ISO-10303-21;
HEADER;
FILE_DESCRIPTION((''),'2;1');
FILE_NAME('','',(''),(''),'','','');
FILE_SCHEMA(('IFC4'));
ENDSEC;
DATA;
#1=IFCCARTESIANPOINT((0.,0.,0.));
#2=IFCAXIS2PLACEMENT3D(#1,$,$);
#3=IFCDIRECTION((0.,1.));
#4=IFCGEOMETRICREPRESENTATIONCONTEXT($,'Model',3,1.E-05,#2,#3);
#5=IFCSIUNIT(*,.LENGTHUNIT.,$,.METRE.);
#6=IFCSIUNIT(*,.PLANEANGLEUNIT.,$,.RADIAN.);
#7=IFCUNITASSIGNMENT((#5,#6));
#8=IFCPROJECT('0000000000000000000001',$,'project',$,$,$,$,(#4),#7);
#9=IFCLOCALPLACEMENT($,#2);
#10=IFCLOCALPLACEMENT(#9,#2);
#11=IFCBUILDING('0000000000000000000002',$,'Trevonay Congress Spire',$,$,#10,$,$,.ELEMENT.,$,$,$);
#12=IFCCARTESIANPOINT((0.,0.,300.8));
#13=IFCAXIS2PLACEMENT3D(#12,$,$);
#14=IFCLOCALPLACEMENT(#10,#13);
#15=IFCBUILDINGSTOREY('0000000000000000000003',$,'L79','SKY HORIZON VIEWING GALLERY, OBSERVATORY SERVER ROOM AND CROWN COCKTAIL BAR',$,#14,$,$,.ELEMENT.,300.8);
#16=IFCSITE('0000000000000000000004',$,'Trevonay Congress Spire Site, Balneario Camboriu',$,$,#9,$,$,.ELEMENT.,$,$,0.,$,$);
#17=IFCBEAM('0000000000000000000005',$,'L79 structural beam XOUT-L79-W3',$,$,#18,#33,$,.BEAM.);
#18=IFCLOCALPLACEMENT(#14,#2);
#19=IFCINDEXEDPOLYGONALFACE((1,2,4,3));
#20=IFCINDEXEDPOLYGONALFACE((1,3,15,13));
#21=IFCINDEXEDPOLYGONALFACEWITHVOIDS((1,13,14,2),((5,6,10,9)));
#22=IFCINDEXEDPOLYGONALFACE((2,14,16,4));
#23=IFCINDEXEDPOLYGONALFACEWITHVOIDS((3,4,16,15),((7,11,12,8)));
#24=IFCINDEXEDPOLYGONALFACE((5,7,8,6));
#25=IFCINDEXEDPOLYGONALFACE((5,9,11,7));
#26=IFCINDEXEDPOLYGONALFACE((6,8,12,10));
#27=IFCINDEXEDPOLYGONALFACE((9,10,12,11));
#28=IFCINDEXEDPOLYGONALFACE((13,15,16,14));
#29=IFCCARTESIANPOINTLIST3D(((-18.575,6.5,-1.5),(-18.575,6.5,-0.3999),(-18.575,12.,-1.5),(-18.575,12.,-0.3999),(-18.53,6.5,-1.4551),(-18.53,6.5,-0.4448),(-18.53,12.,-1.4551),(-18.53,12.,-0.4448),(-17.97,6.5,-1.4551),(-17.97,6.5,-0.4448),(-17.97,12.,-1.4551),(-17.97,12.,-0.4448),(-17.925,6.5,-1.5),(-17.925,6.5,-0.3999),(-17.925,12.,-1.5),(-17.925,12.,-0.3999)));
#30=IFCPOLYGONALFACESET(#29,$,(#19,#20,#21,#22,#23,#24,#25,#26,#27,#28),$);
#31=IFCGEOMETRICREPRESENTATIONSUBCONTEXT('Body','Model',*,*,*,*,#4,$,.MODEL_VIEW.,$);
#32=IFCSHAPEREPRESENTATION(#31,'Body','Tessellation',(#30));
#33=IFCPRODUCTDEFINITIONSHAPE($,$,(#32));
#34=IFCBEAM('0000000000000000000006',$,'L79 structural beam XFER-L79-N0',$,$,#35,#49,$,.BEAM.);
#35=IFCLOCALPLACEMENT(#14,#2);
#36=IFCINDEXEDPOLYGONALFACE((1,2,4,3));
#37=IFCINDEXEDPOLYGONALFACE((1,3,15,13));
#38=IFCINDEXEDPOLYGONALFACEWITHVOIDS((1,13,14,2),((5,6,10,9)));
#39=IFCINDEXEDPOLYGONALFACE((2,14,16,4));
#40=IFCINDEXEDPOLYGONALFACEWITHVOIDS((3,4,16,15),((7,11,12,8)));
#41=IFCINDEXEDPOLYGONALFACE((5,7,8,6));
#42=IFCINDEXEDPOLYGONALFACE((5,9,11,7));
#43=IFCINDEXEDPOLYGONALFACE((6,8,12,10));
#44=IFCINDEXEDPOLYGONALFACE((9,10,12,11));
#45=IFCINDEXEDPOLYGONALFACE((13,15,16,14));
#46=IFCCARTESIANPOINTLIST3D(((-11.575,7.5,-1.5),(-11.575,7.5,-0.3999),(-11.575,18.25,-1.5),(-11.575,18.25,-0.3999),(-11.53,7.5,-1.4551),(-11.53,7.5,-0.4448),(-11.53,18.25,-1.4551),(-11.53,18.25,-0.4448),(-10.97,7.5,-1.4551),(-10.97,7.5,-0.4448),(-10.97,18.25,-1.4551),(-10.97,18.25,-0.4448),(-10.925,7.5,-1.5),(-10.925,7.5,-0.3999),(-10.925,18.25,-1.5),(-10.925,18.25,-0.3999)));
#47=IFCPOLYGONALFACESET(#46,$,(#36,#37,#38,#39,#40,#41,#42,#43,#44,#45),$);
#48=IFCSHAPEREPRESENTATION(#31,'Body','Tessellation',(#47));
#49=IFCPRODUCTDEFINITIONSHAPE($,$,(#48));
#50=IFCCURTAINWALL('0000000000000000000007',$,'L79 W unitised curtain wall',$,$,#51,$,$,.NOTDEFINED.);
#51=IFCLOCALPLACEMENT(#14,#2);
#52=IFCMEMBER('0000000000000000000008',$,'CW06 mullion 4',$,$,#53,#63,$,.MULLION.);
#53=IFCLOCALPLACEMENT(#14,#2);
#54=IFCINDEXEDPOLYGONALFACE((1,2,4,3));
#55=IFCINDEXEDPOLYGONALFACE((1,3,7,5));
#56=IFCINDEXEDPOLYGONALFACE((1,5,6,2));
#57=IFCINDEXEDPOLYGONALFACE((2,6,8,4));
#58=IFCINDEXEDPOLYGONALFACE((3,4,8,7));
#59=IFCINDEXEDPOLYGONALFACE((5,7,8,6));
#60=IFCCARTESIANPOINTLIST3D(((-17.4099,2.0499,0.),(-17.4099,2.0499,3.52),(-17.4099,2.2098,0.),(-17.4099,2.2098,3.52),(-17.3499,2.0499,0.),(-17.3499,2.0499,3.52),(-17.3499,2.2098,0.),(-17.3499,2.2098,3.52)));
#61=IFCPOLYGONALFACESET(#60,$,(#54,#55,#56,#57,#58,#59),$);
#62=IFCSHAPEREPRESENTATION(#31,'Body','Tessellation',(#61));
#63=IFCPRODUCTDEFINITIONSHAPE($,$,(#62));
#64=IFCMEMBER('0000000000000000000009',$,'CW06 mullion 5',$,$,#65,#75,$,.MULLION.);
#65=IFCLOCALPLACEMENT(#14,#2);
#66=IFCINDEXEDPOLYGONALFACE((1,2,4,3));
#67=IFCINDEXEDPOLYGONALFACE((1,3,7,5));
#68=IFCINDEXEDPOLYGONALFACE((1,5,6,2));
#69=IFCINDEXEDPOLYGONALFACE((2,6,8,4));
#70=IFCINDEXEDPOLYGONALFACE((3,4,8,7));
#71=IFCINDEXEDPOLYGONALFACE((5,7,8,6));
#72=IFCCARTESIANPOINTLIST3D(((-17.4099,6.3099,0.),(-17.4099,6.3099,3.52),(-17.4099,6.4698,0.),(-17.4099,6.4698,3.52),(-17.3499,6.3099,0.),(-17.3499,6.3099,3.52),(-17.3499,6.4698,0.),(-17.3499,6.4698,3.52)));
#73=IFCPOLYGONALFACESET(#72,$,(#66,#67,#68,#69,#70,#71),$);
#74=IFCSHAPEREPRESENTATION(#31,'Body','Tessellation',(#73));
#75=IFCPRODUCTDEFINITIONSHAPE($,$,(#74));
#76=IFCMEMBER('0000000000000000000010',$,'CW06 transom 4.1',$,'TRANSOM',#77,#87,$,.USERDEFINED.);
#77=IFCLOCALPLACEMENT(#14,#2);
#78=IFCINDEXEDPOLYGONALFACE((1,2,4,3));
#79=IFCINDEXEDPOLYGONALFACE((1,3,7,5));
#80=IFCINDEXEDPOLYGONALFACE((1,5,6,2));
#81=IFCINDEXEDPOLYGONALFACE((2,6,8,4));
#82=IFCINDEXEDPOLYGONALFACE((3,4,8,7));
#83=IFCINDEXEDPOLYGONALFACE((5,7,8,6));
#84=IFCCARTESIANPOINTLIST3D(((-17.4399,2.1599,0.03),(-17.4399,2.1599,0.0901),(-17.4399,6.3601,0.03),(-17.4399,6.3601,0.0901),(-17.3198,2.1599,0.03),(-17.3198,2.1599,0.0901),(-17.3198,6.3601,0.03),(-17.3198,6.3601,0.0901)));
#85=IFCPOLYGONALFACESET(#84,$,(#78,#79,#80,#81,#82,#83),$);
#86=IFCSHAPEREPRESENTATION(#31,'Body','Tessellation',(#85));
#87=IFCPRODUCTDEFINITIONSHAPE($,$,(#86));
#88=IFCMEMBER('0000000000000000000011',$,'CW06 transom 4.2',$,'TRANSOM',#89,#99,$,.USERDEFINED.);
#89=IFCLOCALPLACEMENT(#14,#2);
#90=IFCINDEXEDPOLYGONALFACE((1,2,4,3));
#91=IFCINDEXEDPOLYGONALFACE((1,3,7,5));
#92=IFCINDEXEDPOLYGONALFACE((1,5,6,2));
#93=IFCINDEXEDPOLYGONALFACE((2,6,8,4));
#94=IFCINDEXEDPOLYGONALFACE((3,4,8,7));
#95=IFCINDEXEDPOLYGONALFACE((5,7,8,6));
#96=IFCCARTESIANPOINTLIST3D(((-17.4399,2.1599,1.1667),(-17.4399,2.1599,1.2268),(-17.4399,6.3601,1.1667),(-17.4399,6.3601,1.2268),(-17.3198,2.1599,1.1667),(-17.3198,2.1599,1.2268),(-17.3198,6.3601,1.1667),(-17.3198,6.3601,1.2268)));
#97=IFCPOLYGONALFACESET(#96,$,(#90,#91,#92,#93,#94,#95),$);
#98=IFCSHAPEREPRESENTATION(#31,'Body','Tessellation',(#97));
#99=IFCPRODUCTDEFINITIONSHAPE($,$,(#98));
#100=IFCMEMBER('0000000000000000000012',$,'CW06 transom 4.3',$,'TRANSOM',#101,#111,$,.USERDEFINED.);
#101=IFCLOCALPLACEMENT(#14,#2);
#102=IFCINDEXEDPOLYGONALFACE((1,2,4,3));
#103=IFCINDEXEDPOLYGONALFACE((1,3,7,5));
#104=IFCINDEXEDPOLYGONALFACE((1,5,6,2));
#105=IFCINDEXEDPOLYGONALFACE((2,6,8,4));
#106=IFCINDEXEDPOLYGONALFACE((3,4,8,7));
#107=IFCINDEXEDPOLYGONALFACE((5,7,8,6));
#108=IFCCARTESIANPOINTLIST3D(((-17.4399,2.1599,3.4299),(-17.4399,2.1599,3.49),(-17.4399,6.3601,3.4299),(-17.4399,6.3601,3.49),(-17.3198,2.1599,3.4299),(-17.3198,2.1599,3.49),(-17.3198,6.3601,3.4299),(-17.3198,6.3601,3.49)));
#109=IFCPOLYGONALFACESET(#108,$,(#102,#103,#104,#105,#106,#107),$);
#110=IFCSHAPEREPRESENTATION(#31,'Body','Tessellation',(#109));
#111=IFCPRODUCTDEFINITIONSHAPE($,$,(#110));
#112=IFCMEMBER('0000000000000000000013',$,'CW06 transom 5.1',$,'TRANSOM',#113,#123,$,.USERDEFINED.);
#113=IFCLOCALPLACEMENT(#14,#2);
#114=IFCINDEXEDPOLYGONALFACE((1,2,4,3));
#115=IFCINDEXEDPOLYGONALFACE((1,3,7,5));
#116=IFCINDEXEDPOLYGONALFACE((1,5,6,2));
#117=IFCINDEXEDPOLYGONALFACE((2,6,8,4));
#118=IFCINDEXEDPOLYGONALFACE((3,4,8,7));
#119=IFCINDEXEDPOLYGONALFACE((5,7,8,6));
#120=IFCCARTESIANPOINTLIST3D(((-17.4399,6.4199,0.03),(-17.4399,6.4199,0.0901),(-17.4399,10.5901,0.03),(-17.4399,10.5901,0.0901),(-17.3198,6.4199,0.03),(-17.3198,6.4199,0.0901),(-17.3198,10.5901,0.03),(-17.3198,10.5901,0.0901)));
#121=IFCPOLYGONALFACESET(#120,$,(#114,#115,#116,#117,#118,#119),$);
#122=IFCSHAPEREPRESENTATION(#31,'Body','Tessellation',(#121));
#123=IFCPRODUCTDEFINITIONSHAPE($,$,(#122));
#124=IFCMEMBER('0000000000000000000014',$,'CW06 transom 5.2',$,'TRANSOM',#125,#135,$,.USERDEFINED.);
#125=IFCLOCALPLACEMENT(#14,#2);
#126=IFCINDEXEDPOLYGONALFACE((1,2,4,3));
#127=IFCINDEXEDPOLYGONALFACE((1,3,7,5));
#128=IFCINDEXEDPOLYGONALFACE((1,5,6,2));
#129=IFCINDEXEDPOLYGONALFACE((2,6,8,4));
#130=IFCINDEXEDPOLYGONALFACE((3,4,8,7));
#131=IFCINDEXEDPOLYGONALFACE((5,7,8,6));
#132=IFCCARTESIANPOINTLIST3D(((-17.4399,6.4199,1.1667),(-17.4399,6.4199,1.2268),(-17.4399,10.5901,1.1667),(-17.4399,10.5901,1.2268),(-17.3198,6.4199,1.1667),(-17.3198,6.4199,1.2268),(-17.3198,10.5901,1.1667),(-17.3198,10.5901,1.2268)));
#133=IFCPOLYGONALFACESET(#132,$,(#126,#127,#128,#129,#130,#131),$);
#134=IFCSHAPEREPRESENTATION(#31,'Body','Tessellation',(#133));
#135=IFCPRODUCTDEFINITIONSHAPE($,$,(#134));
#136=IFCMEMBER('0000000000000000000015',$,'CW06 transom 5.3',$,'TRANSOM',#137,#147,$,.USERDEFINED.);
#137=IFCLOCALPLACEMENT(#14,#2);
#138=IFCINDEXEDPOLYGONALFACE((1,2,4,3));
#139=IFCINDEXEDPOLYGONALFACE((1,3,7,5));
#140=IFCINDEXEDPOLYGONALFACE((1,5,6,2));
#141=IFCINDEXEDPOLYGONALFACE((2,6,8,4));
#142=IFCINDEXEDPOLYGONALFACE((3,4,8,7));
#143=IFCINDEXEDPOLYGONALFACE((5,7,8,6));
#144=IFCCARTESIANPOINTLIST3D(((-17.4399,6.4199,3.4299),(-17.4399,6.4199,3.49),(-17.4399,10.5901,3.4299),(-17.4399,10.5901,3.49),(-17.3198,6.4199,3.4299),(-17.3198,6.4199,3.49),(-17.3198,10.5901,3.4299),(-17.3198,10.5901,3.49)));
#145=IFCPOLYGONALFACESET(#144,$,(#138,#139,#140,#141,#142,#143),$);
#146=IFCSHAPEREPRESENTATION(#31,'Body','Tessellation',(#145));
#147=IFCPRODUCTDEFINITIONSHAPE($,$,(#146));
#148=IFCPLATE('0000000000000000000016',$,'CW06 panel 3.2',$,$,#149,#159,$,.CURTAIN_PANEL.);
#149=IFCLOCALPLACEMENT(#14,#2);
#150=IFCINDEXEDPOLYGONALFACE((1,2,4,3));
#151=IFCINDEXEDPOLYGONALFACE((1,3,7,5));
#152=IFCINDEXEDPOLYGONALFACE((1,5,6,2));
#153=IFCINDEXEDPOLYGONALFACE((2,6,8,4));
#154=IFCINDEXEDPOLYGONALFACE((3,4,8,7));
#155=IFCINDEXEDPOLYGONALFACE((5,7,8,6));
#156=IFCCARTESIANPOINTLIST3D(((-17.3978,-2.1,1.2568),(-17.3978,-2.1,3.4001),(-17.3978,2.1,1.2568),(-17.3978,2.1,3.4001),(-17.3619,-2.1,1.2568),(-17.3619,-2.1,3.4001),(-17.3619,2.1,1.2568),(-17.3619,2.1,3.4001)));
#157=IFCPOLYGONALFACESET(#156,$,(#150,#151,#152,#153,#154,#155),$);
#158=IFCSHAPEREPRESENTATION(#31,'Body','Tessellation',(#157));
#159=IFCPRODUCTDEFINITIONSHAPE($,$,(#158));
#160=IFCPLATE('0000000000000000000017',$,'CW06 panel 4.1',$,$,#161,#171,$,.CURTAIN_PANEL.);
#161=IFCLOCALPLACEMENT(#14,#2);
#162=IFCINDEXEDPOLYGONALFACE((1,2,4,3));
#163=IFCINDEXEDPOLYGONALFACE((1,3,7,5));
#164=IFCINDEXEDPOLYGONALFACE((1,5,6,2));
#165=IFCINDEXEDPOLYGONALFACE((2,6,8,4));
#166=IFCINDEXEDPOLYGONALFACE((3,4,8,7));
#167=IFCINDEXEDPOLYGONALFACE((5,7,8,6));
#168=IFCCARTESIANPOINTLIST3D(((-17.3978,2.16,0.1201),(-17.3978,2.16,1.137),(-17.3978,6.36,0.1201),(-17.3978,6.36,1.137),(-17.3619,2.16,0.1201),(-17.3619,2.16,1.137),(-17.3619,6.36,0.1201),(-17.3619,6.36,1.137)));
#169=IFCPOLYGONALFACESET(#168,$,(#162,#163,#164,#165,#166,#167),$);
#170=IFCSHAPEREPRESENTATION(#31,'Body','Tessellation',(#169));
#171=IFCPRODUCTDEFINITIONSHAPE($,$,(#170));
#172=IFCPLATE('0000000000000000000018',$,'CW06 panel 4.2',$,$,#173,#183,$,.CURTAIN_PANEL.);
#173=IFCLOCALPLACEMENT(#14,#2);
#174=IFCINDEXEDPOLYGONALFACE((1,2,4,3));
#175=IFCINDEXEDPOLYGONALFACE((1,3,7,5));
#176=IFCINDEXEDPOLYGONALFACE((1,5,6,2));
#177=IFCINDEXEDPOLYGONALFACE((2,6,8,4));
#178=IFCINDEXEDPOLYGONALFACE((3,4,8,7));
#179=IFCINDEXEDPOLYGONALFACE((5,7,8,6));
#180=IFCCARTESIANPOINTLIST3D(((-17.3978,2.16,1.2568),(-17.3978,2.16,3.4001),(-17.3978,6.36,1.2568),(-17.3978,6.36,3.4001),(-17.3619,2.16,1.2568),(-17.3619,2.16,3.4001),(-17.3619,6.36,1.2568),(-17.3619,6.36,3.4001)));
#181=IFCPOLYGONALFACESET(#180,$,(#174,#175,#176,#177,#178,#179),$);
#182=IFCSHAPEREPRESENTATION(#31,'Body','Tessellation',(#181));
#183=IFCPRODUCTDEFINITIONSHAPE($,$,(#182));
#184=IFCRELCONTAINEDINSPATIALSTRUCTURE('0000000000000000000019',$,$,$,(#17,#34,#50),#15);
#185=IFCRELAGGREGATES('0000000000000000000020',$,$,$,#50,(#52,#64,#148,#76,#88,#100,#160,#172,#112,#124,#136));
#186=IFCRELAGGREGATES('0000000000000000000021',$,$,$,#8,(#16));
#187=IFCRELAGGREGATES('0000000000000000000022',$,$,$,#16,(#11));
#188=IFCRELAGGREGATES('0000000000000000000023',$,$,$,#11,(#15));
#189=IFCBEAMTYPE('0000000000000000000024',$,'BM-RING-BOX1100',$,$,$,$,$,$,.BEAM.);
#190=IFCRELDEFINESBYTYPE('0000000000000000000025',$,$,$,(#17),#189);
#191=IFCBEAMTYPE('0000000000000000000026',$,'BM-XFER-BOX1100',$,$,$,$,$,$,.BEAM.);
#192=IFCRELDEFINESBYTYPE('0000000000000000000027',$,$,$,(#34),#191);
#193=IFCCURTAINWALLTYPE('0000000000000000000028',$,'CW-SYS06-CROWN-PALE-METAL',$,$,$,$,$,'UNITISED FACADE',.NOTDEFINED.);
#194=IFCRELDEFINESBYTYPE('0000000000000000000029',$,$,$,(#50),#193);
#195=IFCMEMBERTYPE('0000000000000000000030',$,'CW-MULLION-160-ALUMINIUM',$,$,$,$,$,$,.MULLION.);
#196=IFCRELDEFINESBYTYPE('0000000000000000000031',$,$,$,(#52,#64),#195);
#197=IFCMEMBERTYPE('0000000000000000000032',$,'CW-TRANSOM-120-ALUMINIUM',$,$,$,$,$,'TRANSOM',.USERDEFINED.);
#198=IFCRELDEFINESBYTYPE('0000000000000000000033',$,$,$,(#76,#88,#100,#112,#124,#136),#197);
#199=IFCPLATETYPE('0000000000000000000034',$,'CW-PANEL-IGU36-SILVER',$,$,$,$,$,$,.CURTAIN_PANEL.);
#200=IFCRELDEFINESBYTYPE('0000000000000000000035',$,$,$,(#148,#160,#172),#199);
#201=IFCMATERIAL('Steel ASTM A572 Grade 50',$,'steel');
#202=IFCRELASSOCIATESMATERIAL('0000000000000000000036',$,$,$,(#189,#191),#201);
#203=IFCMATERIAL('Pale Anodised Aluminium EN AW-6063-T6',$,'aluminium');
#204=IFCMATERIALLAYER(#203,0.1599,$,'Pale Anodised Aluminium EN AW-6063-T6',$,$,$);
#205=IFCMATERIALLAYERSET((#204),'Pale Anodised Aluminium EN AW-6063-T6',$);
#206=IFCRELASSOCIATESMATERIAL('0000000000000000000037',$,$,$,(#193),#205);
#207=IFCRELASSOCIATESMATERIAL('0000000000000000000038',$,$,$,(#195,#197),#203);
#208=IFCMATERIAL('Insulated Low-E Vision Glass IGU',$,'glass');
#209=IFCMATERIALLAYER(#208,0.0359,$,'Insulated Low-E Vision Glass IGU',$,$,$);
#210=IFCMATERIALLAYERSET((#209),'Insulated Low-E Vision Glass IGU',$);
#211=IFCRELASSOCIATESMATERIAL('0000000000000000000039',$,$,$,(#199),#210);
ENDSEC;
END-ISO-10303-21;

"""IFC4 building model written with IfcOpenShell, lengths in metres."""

from ifc_helpers import new_model, si_unit, direction, frame, origin, origin_2d, place, context, subcontext, project, spatial, rectangle, hollow_rectangle, extrude, material, layer, layer_set, material_profile, profile_set, type_object, element, aggregate, save


model = new_model("IFC4")

# Units and contexts
model_context = context("Model", 3, precision=1e-05, world=origin(), true_north=direction((0.0, 1.0)))
body_context = subcontext(model_context, "Body", "Model", "MODEL_VIEW")
ifc_project = project(units=[si_unit("LENGTHUNIT", "METRE"), si_unit("PLANEANGLEUNIT", "RADIAN")], contexts=[model_context])

# Site, building, storey
site_placement = place(None, origin())
site = spatial("IfcSite", under=ifc_project, at=site_placement, Name="Trevonay Congress Spire Site, Balneario Camboriu", CompositionType="ELEMENT", RefElevation=0.0)
building_placement = place(site_placement, origin())
building = spatial("IfcBuilding", under=site, at=building_placement, Name="Trevonay Congress Spire", CompositionType="ELEMENT")
storey_placement = place(building_placement, frame((0.0, 0.0, 300.8)))
storey = spatial("IfcBuildingStorey", under=building, at=storey_placement, Name="L79", Description="SKY HORIZON VIEWING GALLERY, OBSERVATORY SERVER ROOM AND CROWN COCKTAIL BAR", CompositionType="ELEMENT", Elevation=300.8)

# Beams
ifc_material_1 = material(Name="Steel ASTM A572 Grade 50", Category="steel")
ifc_material_profile_1 = material_profile(ifc_material_1, hollow_rectangle(XDim=0.6499, YDim=1.1001, WallThickness=0.0449, at=origin_2d()), Name="BOX 1100x650x45")
ifc_profile_set_1 = profile_set([ifc_material_profile_1], Name="Steel ASTM A572 Grade 50")
beam_type_1 = type_object("IfcBeamType", Name="BM-RING-BOX1100", PredefinedType="BEAM", material=ifc_profile_set_1)
beam_1_placement = place(storey_placement, frame((-18.25, 6.5, -0.95), z_axis=(0.0, 1.0, 0.0), x_axis=(-1.0, 0.0, 0.0)))
element("IfcBeam", 1, at=beam_1_placement, inside=storey, type_object=beam_type_1, Name="L79 structural beam XOUT-L79-W3", PredefinedType="BEAM", context=body_context, shape_type="SweptSolid", body=[
    extrude(hollow_rectangle(XDim=0.6499, YDim=1.1001, WallThickness=0.0449, at=origin_2d()), origin(), (0.0, 0.0, 1.0), 5.5),
])
ifc_material_profile_2 = material_profile(ifc_material_1, hollow_rectangle(XDim=0.6499, YDim=1.1001, WallThickness=0.0449, at=origin_2d()), Name="BOX 1100x650x45")
ifc_profile_set_2 = profile_set([ifc_material_profile_2], Name="Steel ASTM A572 Grade 50")
beam_type_2 = type_object("IfcBeamType", Name="BM-XFER-BOX1100", PredefinedType="BEAM", material=ifc_profile_set_2)
beam_2_placement = place(storey_placement, frame((-11.25, 7.5, -0.95), z_axis=(0.0, 1.0, 0.0), x_axis=(-1.0, 0.0, 0.0)))
element("IfcBeam", 2, at=beam_2_placement, inside=storey, type_object=beam_type_2, Name="L79 structural beam XFER-L79-N0", PredefinedType="BEAM", context=body_context, shape_type="SweptSolid", body=[
    extrude(hollow_rectangle(XDim=0.6499, YDim=1.1001, WallThickness=0.0449, at=origin_2d()), origin(), (0.0, 0.0, 1.0), 10.75),
])

# Curtain wall, members, plates
ifc_material_2 = material(Name="Pale Anodised Aluminium EN AW-6063-T6", Category="aluminium")
ifc_layer_1 = layer(ifc_material_2, 0.1599, Name="Pale Anodised Aluminium EN AW-6063-T6")
ifc_layer_set_1 = layer_set([ifc_layer_1], Name="Pale Anodised Aluminium EN AW-6063-T6")
curtain_wall_type = type_object("IfcCurtainWallType", Name="CW-SYS06-CROWN-PALE-METAL", ElementType="UNITISED FACADE", PredefinedType="NOTDEFINED", material=ifc_layer_set_1)
curtain_wall_placement = place(storey_placement, origin())
curtain_wall = element("IfcCurtainWall", 3, at=curtain_wall_placement, inside=storey, type_object=curtain_wall_type, Name="L79 W unitised curtain wall", PredefinedType="NOTDEFINED")
ifc_material_profile_3 = material_profile(ifc_material_2, rectangle(XDim=0.0601, YDim=0.1599, at=origin_2d()), Name="CW-MULLION-160-ALUMINIUM")
ifc_profile_set_3 = profile_set([ifc_material_profile_3], Name="Pale Anodised Aluminium EN AW-6063-T6")
member_type_1 = type_object("IfcMemberType", Name="CW-MULLION-160-ALUMINIUM", PredefinedType="MULLION", material=ifc_profile_set_3)
member_1_placement = place(storey_placement, frame((-17.3799, 2.1299, 0.0), z_axis=(0.0, 0.0, 1.0), x_axis=(-1.0, 0.0, 0.0)))
member_1 = element("IfcMember", 4, at=member_1_placement, type_object=member_type_1, Name="CW06 mullion 4", PredefinedType="MULLION", context=body_context, shape_type="SweptSolid", body=[
    extrude(rectangle(XDim=0.0601, YDim=0.1599, at=origin_2d()), origin(), (0.0, 0.0, 1.0), 3.52),
])
member_2_placement = place(storey_placement, frame((-17.3799, 6.3899, 0.0), z_axis=(0.0, 0.0, 1.0), x_axis=(-1.0, 0.0, 0.0)))
member_2 = element("IfcMember", 5, at=member_2_placement, type_object=member_type_1, Name="CW06 mullion 5", PredefinedType="MULLION", context=body_context, shape_type="SweptSolid", body=[
    extrude(rectangle(XDim=0.0601, YDim=0.1599, at=origin_2d()), origin(), (0.0, 0.0, 1.0), 3.52),
])
ifc_material_profile_4 = material_profile(ifc_material_2, rectangle(XDim=0.1201, YDim=0.0601, at=origin_2d()), Name="CW-TRANSOM-120-ALUMINIUM")
ifc_profile_set_4 = profile_set([ifc_material_profile_4], Name="Pale Anodised Aluminium EN AW-6063-T6")
member_type_2 = type_object("IfcMemberType", Name="CW-TRANSOM-120-ALUMINIUM", ElementType="TRANSOM", PredefinedType="USERDEFINED", material=ifc_profile_set_4)
member_3_placement = place(storey_placement, frame((-17.3799, 2.1599, 0.0601), z_axis=(0.0, 1.0, 0.0), x_axis=(-1.0, 0.0, 0.0)))
member_3 = element("IfcMember", 6, at=member_3_placement, type_object=member_type_2, Name="CW06 transom 4.1", ObjectType="TRANSOM", PredefinedType="USERDEFINED", context=body_context, shape_type="SweptSolid", body=[
    extrude(rectangle(XDim=0.1201, YDim=0.0601, at=origin_2d()), origin(), (0.0, 0.0, 1.0), 4.2002),
])
member_4_placement = place(storey_placement, frame((-17.3799, 2.1599, 1.1968), z_axis=(0.0, 1.0, 0.0), x_axis=(-1.0, 0.0, 0.0)))
member_4 = element("IfcMember", 7, at=member_4_placement, type_object=member_type_2, Name="CW06 transom 4.2", ObjectType="TRANSOM", PredefinedType="USERDEFINED", context=body_context, shape_type="SweptSolid", body=[
    extrude(rectangle(XDim=0.1201, YDim=0.0601, at=origin_2d()), origin(), (0.0, 0.0, 1.0), 4.2002),
])
member_5_placement = place(storey_placement, frame((-17.3799, 2.1599, 3.46), z_axis=(0.0, 1.0, 0.0), x_axis=(-1.0, 0.0, 0.0)))
member_5 = element("IfcMember", 8, at=member_5_placement, type_object=member_type_2, Name="CW06 transom 4.3", ObjectType="TRANSOM", PredefinedType="USERDEFINED", context=body_context, shape_type="SweptSolid", body=[
    extrude(rectangle(XDim=0.1201, YDim=0.0601, at=origin_2d()), origin(), (0.0, 0.0, 1.0), 4.2002),
])
member_6_placement = place(storey_placement, frame((-17.3799, 6.4199, 0.0601), z_axis=(0.0, 1.0, 0.0), x_axis=(-1.0, 0.0, 0.0)))
member_6 = element("IfcMember", 9, at=member_6_placement, type_object=member_type_2, Name="CW06 transom 5.1", ObjectType="TRANSOM", PredefinedType="USERDEFINED", context=body_context, shape_type="SweptSolid", body=[
    extrude(rectangle(XDim=0.1201, YDim=0.0601, at=origin_2d()), origin(), (0.0, 0.0, 1.0), 4.1702),
])
member_7_placement = place(storey_placement, frame((-17.3799, 6.4199, 1.1968), z_axis=(0.0, 1.0, 0.0), x_axis=(-1.0, 0.0, 0.0)))
member_7 = element("IfcMember", 10, at=member_7_placement, type_object=member_type_2, Name="CW06 transom 5.2", ObjectType="TRANSOM", PredefinedType="USERDEFINED", context=body_context, shape_type="SweptSolid", body=[
    extrude(rectangle(XDim=0.1201, YDim=0.0601, at=origin_2d()), origin(), (0.0, 0.0, 1.0), 4.1702),
])
member_8_placement = place(storey_placement, frame((-17.3799, 6.4199, 3.46), z_axis=(0.0, 1.0, 0.0), x_axis=(-1.0, 0.0, 0.0)))
member_8 = element("IfcMember", 11, at=member_8_placement, type_object=member_type_2, Name="CW06 transom 5.3", ObjectType="TRANSOM", PredefinedType="USERDEFINED", context=body_context, shape_type="SweptSolid", body=[
    extrude(rectangle(XDim=0.1201, YDim=0.0601, at=origin_2d()), origin(), (0.0, 0.0, 1.0), 4.1702),
])
ifc_material_3 = material(Name="Insulated Low-E Vision Glass IGU", Category="glass")
ifc_layer_2 = layer(ifc_material_3, 0.0359, Name="Insulated Low-E Vision Glass IGU")
ifc_layer_set_2 = layer_set([ifc_layer_2], Name="Insulated Low-E Vision Glass IGU")
plate_type = type_object("IfcPlateType", Name="CW-PANEL-IGU36-SILVER", PredefinedType="CURTAIN_PANEL", material=ifc_layer_set_2)
plate_1_placement = place(storey_placement, frame((-17.3799, 0.0, 1.2568), z_axis=(0.0, 0.0, 1.0), x_axis=(0.0, 1.0, 0.0)))
plate_1 = element("IfcPlate", 12, at=plate_1_placement, type_object=plate_type, Name="CW06 panel 3.2", PredefinedType="CURTAIN_PANEL", context=body_context, shape_type="SweptSolid", body=[
    extrude(rectangle(XDim=4.2, YDim=0.0359, at=origin_2d()), origin(), (0.0, 0.0, 1.0), 2.1433),
])
plate_2_placement = place(storey_placement, frame((-17.3799, 4.26, 0.1201), z_axis=(0.0, 0.0, 1.0), x_axis=(0.0, 1.0, 0.0)))
plate_2 = element("IfcPlate", 13, at=plate_2_placement, type_object=plate_type, Name="CW06 panel 4.1", PredefinedType="CURTAIN_PANEL", context=body_context, shape_type="SweptSolid", body=[
    extrude(rectangle(XDim=4.2, YDim=0.0359, at=origin_2d()), origin(), (0.0, 0.0, 1.0), 1.0168),
])
plate_3_placement = place(storey_placement, frame((-17.3799, 4.26, 1.2568), z_axis=(0.0, 0.0, 1.0), x_axis=(0.0, 1.0, 0.0)))
plate_3 = element("IfcPlate", 14, at=plate_3_placement, type_object=plate_type, Name="CW06 panel 4.2", PredefinedType="CURTAIN_PANEL", context=body_context, shape_type="SweptSolid", body=[
    extrude(rectangle(XDim=4.2, YDim=0.0359, at=origin_2d()), origin(), (0.0, 0.0, 1.0), 2.1433),
])
aggregate(curtain_wall, [member_1, member_2, plate_1, member_3, member_4, member_5, plate_2, plate_3, member_6, member_7, member_8])

save(model, "model.ifc")
